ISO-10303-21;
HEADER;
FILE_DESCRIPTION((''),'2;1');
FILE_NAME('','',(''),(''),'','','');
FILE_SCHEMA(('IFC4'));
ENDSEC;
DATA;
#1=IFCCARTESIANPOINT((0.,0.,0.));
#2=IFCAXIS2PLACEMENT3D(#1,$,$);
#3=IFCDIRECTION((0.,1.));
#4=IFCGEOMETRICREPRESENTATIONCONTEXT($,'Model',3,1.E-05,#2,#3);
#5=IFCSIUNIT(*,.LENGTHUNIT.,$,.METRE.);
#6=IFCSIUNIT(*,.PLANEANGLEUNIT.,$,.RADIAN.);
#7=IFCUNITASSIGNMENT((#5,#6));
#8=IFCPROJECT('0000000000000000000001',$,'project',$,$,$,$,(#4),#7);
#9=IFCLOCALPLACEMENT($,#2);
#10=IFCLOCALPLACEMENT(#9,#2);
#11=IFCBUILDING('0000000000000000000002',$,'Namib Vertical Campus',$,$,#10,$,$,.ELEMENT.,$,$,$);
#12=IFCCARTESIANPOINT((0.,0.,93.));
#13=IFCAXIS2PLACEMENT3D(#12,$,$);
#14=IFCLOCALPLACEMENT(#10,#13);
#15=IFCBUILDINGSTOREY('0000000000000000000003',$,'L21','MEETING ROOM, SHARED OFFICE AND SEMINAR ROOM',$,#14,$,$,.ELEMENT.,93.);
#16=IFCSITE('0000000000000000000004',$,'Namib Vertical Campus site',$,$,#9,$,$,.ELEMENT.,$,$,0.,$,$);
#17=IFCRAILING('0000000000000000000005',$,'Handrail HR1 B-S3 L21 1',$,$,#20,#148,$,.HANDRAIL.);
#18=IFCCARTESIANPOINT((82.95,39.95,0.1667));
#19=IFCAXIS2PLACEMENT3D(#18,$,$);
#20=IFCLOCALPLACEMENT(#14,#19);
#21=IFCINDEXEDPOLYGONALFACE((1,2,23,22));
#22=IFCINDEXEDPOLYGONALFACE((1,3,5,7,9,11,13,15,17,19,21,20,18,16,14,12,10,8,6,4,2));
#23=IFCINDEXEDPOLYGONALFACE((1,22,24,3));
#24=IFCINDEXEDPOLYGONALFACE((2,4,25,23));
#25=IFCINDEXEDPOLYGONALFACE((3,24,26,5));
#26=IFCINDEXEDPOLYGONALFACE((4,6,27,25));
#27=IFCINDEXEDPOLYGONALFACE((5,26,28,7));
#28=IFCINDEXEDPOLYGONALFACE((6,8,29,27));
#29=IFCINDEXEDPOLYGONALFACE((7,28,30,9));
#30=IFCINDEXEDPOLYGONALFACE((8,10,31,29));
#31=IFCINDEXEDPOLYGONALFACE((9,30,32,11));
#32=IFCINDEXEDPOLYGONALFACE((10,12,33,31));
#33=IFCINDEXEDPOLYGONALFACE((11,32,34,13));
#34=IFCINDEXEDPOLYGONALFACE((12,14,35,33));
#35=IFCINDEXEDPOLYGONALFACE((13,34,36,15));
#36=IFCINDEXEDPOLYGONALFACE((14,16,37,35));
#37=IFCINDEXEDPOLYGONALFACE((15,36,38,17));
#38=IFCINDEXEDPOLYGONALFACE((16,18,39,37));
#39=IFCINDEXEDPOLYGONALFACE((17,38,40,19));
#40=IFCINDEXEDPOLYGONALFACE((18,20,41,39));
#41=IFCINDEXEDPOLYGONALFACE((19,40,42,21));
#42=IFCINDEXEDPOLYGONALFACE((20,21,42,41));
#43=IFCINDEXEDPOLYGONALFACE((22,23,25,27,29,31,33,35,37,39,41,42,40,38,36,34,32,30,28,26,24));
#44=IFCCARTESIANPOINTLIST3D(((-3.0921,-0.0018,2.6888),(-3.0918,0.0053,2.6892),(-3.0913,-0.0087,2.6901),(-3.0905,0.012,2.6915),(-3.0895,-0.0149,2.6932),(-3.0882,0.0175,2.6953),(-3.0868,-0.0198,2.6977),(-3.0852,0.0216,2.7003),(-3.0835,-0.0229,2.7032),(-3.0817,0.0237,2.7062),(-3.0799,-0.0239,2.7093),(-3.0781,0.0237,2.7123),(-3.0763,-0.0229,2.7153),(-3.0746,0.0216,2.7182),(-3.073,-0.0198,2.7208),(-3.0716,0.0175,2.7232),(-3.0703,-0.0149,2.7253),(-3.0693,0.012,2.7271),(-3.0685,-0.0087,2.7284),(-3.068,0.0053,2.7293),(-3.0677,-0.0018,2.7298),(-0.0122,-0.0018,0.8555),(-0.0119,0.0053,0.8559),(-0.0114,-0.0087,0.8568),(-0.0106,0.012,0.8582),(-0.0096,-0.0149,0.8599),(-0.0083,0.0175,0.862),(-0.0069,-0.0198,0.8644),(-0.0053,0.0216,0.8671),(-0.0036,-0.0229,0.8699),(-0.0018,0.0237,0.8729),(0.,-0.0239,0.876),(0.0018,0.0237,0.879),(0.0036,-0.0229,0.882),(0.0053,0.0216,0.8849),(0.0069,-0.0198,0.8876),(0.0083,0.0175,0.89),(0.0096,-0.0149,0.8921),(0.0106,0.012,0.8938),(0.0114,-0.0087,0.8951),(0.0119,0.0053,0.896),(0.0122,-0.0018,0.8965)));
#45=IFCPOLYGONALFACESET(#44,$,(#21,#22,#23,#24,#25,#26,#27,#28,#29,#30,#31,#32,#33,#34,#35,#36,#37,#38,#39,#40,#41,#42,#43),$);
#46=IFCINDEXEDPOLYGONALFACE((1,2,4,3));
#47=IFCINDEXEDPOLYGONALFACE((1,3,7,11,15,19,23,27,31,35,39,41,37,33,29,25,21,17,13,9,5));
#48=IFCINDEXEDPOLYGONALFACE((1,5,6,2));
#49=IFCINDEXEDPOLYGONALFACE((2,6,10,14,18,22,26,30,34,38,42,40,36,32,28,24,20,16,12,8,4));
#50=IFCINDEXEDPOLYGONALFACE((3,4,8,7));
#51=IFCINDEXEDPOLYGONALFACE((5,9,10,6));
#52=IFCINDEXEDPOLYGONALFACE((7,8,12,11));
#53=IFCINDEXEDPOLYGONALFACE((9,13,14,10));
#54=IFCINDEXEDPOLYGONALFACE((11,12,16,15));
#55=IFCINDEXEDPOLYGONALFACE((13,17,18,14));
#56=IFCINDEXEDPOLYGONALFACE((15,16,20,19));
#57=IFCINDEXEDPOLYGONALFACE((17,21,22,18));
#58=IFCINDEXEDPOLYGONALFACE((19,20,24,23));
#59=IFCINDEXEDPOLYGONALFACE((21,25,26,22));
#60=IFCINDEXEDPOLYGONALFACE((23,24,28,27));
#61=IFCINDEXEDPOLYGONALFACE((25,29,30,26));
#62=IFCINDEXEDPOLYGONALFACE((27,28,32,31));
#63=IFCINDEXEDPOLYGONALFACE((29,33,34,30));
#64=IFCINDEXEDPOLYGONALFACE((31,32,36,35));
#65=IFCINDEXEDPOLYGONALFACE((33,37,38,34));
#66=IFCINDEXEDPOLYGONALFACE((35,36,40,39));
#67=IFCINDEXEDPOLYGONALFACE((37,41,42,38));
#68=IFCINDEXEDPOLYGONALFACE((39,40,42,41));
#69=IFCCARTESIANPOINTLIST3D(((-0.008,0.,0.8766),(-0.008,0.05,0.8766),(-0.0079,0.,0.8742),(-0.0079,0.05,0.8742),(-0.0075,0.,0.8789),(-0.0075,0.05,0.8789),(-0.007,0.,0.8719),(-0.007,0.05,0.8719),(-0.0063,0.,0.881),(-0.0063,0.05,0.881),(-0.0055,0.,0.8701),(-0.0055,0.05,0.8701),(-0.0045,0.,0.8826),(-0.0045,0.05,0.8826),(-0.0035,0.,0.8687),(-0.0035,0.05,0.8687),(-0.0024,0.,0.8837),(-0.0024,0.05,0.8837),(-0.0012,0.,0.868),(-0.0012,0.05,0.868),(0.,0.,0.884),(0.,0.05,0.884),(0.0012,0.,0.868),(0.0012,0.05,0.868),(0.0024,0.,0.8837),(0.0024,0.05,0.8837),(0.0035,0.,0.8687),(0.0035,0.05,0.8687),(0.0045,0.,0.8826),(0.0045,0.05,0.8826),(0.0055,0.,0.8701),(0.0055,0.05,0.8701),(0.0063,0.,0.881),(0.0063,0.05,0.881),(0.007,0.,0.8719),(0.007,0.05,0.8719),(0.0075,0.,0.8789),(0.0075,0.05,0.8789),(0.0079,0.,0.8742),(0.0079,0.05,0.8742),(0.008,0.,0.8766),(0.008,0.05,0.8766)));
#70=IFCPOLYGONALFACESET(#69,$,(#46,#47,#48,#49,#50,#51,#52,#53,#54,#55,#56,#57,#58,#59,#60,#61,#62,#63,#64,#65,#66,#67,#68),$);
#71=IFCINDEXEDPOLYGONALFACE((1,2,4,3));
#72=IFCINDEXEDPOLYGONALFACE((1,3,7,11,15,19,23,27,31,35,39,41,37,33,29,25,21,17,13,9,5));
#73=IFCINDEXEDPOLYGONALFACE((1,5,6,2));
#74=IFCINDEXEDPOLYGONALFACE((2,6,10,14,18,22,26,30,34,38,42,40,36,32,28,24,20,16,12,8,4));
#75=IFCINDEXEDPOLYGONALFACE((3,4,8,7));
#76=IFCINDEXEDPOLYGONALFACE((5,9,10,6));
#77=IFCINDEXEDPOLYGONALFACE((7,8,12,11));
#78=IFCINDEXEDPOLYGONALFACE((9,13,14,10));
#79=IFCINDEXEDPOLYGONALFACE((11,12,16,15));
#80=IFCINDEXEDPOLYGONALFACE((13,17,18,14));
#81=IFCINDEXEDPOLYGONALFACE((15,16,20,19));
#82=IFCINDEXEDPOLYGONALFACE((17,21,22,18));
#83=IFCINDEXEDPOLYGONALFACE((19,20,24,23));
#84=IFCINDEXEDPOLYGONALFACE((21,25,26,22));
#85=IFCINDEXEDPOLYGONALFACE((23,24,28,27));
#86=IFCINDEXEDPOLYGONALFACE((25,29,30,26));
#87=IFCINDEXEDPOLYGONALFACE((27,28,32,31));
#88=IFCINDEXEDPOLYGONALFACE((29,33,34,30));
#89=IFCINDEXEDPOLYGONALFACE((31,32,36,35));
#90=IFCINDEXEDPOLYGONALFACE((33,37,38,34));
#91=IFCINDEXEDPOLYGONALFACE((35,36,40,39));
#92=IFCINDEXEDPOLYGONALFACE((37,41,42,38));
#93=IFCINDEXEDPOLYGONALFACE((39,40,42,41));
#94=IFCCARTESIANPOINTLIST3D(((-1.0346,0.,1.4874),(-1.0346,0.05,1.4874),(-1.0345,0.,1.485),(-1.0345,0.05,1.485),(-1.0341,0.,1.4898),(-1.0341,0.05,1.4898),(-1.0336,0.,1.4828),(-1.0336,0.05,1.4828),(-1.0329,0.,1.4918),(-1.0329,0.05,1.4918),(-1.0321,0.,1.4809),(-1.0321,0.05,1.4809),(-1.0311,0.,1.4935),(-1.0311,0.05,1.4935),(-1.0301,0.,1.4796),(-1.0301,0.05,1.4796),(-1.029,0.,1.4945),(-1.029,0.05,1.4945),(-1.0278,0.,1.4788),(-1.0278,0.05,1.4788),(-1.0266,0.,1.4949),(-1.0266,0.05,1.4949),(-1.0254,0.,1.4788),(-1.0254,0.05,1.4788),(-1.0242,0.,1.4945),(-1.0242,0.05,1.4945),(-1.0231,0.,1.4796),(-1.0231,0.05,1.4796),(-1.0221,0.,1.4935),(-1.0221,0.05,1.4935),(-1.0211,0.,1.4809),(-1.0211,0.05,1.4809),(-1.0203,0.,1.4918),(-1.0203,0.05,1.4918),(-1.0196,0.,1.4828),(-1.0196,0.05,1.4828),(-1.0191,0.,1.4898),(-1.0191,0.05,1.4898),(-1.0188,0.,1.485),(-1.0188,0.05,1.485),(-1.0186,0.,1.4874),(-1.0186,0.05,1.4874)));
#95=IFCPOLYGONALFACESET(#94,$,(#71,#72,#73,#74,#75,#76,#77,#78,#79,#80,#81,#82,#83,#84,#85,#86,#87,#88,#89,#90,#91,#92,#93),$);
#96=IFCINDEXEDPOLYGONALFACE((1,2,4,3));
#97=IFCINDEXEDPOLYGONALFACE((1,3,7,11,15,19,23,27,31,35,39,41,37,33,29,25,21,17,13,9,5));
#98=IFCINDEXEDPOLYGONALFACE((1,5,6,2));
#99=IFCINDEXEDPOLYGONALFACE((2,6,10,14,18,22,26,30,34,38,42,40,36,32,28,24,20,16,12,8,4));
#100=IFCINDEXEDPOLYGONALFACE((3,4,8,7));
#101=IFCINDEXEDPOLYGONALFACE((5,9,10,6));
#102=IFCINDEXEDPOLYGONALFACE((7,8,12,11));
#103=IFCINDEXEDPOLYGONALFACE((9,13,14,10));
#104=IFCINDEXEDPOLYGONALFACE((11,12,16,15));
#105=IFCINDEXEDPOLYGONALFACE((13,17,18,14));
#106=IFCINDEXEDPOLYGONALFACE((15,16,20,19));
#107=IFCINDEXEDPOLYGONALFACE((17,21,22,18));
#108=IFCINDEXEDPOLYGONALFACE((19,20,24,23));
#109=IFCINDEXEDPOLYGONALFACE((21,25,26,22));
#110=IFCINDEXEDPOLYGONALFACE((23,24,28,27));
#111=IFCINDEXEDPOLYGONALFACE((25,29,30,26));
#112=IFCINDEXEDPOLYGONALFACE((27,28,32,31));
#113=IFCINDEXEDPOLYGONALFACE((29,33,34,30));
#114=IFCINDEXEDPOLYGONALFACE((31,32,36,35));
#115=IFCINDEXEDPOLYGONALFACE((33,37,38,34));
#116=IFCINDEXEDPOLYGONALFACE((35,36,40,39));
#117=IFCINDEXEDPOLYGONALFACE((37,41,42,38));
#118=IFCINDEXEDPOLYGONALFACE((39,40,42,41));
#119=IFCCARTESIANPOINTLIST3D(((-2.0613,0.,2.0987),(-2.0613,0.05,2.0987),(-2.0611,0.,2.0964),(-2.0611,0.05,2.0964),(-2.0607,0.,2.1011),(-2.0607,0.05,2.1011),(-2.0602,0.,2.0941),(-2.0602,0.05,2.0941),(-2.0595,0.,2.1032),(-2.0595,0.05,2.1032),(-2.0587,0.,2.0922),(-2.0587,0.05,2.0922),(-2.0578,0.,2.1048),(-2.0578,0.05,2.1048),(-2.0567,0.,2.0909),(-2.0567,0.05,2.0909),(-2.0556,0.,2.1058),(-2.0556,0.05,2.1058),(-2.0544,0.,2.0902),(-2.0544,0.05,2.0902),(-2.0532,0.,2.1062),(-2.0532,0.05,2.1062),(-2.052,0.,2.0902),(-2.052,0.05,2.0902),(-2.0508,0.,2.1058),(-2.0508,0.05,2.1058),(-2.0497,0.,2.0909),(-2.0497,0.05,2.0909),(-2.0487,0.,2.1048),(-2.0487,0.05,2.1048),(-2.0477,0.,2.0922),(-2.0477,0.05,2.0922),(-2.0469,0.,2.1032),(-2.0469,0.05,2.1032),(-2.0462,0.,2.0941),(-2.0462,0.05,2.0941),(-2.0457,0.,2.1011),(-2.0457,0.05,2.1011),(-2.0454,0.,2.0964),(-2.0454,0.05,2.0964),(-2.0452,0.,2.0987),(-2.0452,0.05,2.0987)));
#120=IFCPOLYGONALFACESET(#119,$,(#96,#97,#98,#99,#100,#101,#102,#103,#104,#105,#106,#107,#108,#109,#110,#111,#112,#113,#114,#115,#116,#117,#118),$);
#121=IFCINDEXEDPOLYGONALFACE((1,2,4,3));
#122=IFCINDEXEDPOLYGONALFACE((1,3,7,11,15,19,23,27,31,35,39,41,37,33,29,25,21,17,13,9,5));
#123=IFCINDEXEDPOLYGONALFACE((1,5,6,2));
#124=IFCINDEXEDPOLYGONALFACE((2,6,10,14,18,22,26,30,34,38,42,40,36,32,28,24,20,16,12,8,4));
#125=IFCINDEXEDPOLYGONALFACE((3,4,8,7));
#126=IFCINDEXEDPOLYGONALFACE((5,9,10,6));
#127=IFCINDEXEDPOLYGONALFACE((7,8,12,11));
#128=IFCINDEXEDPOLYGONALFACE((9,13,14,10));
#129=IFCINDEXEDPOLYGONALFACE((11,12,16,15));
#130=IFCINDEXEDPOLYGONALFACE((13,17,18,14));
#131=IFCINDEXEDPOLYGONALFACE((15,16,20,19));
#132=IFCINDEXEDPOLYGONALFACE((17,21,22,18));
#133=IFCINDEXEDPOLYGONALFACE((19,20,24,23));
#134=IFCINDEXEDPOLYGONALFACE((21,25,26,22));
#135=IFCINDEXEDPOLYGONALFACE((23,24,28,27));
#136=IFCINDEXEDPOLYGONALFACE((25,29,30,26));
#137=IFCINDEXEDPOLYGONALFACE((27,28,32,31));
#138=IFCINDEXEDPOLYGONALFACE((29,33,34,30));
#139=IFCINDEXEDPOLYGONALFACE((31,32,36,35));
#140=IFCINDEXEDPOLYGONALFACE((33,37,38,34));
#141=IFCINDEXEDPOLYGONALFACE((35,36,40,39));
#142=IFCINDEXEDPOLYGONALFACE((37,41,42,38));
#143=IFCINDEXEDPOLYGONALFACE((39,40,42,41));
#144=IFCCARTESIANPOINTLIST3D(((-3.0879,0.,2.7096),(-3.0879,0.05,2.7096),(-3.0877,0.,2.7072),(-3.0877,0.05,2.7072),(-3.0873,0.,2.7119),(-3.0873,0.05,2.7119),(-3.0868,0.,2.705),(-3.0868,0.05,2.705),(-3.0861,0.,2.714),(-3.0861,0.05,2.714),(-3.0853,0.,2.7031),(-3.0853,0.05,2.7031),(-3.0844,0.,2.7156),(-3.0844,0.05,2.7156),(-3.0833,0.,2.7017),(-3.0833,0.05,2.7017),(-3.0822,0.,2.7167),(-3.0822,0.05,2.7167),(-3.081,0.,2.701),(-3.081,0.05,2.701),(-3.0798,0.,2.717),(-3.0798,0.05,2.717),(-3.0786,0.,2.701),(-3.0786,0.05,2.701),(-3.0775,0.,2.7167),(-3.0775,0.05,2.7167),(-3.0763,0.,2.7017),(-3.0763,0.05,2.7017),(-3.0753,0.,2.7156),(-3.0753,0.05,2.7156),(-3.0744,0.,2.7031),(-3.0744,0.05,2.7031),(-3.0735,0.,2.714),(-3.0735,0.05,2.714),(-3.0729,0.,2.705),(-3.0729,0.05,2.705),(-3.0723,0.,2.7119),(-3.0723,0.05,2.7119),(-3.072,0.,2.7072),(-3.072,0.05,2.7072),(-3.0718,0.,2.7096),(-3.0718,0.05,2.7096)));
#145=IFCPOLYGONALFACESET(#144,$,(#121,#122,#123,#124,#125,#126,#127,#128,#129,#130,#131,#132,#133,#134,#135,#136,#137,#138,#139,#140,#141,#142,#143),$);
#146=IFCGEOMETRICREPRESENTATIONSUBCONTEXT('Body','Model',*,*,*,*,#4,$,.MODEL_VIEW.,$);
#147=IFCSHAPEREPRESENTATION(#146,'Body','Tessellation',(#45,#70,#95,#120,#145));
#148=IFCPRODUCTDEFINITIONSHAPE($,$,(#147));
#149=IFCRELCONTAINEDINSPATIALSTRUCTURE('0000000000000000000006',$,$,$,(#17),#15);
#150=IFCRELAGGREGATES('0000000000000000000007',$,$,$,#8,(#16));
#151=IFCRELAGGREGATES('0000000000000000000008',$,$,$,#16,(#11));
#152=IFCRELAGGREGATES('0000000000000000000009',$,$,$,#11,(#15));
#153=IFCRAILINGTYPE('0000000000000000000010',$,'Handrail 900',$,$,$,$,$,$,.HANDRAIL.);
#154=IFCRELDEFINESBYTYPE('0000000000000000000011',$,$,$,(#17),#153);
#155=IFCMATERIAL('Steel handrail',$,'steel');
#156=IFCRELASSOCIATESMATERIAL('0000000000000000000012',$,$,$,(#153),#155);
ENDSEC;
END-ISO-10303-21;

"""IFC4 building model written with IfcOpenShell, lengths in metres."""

from ifc_helpers import new_model, si_unit, direction, frame, origin, origin_2d, place, context, subcontext, project, spatial, circle, extrude, material, type_object, element, save


model = new_model("IFC4")

# Units and contexts
model_context = context("Model", 3, precision=1e-05, world=origin(), true_north=direction((0.0, 1.0)))
body_context = subcontext(model_context, "Body", "Model", "MODEL_VIEW")
ifc_project = project(units=[si_unit("LENGTHUNIT", "METRE"), si_unit("PLANEANGLEUNIT", "RADIAN")], contexts=[model_context])

# Site, building, storey
site_placement = place(None, origin())
site = spatial("IfcSite", under=ifc_project, at=site_placement, Name="Namib Vertical Campus site", CompositionType="ELEMENT", RefElevation=0.0)
building_placement = place(site_placement, origin())
building = spatial("IfcBuilding", under=site, at=building_placement, Name="Namib Vertical Campus", CompositionType="ELEMENT")
storey_placement = place(building_placement, frame((0.0, 0.0, 93.0)))
storey = spatial("IfcBuildingStorey", under=building, at=storey_placement, Name="L21", Description="MEETING ROOM, SHARED OFFICE AND SEMINAR ROOM", CompositionType="ELEMENT", Elevation=93.0)

# Railing
ifc_material_1 = material(Name="Steel handrail", Category="steel")
railing_type_1 = type_object("IfcRailingType", Name="Handrail 900", PredefinedType="HANDRAIL", material=ifc_material_1)
railing_1_placement = place(storey_placement, frame((82.95, 39.95, 0.1667)))
element("IfcRailing", 1, at=railing_1_placement, inside=storey, type_object=railing_type_1, Name="Handrail HR1 B-S3 L21 1", PredefinedType="HANDRAIL", context=body_context, shape_type="SweptSolid", body=[
    extrude(circle(Radius=0.0239, at=origin_2d()), frame((0.0, 0.0, 0.876), z_axis=(-0.859291, 0.0, 0.511487), x_axis=(0.0, -1.0, 0.0)), (0.0, 0.0, 1.0), 3.5842),
    extrude(circle(Radius=0.0081, at=origin_2d()), frame((0.0, 0.0, 0.876), z_axis=(0.0, 1.0, 0.0), x_axis=(0.0, 0.0, 1.0)), (0.0, 0.0, 1.0), 0.05),
    extrude(circle(Radius=0.0081, at=origin_2d()), frame((-1.0266, 0.0, 1.4868), z_axis=(0.0, 1.0, 0.0), x_axis=(0.0, 0.0, 1.0)), (0.0, 0.0, 1.0), 0.05),
    extrude(circle(Radius=0.0081, at=origin_2d()), frame((-2.0532, 0.0, 2.0981), z_axis=(0.0, 1.0, 0.0), x_axis=(0.0, 0.0, 1.0)), (0.0, 0.0, 1.0), 0.05),
    extrude(circle(Radius=0.0081, at=origin_2d()), frame((-3.0798, 0.0, 2.709), z_axis=(0.0, 1.0, 0.0), x_axis=(0.0, 0.0, 1.0)), (0.0, 0.0, 1.0), 0.05),
])

save(model, "model.ifc")
